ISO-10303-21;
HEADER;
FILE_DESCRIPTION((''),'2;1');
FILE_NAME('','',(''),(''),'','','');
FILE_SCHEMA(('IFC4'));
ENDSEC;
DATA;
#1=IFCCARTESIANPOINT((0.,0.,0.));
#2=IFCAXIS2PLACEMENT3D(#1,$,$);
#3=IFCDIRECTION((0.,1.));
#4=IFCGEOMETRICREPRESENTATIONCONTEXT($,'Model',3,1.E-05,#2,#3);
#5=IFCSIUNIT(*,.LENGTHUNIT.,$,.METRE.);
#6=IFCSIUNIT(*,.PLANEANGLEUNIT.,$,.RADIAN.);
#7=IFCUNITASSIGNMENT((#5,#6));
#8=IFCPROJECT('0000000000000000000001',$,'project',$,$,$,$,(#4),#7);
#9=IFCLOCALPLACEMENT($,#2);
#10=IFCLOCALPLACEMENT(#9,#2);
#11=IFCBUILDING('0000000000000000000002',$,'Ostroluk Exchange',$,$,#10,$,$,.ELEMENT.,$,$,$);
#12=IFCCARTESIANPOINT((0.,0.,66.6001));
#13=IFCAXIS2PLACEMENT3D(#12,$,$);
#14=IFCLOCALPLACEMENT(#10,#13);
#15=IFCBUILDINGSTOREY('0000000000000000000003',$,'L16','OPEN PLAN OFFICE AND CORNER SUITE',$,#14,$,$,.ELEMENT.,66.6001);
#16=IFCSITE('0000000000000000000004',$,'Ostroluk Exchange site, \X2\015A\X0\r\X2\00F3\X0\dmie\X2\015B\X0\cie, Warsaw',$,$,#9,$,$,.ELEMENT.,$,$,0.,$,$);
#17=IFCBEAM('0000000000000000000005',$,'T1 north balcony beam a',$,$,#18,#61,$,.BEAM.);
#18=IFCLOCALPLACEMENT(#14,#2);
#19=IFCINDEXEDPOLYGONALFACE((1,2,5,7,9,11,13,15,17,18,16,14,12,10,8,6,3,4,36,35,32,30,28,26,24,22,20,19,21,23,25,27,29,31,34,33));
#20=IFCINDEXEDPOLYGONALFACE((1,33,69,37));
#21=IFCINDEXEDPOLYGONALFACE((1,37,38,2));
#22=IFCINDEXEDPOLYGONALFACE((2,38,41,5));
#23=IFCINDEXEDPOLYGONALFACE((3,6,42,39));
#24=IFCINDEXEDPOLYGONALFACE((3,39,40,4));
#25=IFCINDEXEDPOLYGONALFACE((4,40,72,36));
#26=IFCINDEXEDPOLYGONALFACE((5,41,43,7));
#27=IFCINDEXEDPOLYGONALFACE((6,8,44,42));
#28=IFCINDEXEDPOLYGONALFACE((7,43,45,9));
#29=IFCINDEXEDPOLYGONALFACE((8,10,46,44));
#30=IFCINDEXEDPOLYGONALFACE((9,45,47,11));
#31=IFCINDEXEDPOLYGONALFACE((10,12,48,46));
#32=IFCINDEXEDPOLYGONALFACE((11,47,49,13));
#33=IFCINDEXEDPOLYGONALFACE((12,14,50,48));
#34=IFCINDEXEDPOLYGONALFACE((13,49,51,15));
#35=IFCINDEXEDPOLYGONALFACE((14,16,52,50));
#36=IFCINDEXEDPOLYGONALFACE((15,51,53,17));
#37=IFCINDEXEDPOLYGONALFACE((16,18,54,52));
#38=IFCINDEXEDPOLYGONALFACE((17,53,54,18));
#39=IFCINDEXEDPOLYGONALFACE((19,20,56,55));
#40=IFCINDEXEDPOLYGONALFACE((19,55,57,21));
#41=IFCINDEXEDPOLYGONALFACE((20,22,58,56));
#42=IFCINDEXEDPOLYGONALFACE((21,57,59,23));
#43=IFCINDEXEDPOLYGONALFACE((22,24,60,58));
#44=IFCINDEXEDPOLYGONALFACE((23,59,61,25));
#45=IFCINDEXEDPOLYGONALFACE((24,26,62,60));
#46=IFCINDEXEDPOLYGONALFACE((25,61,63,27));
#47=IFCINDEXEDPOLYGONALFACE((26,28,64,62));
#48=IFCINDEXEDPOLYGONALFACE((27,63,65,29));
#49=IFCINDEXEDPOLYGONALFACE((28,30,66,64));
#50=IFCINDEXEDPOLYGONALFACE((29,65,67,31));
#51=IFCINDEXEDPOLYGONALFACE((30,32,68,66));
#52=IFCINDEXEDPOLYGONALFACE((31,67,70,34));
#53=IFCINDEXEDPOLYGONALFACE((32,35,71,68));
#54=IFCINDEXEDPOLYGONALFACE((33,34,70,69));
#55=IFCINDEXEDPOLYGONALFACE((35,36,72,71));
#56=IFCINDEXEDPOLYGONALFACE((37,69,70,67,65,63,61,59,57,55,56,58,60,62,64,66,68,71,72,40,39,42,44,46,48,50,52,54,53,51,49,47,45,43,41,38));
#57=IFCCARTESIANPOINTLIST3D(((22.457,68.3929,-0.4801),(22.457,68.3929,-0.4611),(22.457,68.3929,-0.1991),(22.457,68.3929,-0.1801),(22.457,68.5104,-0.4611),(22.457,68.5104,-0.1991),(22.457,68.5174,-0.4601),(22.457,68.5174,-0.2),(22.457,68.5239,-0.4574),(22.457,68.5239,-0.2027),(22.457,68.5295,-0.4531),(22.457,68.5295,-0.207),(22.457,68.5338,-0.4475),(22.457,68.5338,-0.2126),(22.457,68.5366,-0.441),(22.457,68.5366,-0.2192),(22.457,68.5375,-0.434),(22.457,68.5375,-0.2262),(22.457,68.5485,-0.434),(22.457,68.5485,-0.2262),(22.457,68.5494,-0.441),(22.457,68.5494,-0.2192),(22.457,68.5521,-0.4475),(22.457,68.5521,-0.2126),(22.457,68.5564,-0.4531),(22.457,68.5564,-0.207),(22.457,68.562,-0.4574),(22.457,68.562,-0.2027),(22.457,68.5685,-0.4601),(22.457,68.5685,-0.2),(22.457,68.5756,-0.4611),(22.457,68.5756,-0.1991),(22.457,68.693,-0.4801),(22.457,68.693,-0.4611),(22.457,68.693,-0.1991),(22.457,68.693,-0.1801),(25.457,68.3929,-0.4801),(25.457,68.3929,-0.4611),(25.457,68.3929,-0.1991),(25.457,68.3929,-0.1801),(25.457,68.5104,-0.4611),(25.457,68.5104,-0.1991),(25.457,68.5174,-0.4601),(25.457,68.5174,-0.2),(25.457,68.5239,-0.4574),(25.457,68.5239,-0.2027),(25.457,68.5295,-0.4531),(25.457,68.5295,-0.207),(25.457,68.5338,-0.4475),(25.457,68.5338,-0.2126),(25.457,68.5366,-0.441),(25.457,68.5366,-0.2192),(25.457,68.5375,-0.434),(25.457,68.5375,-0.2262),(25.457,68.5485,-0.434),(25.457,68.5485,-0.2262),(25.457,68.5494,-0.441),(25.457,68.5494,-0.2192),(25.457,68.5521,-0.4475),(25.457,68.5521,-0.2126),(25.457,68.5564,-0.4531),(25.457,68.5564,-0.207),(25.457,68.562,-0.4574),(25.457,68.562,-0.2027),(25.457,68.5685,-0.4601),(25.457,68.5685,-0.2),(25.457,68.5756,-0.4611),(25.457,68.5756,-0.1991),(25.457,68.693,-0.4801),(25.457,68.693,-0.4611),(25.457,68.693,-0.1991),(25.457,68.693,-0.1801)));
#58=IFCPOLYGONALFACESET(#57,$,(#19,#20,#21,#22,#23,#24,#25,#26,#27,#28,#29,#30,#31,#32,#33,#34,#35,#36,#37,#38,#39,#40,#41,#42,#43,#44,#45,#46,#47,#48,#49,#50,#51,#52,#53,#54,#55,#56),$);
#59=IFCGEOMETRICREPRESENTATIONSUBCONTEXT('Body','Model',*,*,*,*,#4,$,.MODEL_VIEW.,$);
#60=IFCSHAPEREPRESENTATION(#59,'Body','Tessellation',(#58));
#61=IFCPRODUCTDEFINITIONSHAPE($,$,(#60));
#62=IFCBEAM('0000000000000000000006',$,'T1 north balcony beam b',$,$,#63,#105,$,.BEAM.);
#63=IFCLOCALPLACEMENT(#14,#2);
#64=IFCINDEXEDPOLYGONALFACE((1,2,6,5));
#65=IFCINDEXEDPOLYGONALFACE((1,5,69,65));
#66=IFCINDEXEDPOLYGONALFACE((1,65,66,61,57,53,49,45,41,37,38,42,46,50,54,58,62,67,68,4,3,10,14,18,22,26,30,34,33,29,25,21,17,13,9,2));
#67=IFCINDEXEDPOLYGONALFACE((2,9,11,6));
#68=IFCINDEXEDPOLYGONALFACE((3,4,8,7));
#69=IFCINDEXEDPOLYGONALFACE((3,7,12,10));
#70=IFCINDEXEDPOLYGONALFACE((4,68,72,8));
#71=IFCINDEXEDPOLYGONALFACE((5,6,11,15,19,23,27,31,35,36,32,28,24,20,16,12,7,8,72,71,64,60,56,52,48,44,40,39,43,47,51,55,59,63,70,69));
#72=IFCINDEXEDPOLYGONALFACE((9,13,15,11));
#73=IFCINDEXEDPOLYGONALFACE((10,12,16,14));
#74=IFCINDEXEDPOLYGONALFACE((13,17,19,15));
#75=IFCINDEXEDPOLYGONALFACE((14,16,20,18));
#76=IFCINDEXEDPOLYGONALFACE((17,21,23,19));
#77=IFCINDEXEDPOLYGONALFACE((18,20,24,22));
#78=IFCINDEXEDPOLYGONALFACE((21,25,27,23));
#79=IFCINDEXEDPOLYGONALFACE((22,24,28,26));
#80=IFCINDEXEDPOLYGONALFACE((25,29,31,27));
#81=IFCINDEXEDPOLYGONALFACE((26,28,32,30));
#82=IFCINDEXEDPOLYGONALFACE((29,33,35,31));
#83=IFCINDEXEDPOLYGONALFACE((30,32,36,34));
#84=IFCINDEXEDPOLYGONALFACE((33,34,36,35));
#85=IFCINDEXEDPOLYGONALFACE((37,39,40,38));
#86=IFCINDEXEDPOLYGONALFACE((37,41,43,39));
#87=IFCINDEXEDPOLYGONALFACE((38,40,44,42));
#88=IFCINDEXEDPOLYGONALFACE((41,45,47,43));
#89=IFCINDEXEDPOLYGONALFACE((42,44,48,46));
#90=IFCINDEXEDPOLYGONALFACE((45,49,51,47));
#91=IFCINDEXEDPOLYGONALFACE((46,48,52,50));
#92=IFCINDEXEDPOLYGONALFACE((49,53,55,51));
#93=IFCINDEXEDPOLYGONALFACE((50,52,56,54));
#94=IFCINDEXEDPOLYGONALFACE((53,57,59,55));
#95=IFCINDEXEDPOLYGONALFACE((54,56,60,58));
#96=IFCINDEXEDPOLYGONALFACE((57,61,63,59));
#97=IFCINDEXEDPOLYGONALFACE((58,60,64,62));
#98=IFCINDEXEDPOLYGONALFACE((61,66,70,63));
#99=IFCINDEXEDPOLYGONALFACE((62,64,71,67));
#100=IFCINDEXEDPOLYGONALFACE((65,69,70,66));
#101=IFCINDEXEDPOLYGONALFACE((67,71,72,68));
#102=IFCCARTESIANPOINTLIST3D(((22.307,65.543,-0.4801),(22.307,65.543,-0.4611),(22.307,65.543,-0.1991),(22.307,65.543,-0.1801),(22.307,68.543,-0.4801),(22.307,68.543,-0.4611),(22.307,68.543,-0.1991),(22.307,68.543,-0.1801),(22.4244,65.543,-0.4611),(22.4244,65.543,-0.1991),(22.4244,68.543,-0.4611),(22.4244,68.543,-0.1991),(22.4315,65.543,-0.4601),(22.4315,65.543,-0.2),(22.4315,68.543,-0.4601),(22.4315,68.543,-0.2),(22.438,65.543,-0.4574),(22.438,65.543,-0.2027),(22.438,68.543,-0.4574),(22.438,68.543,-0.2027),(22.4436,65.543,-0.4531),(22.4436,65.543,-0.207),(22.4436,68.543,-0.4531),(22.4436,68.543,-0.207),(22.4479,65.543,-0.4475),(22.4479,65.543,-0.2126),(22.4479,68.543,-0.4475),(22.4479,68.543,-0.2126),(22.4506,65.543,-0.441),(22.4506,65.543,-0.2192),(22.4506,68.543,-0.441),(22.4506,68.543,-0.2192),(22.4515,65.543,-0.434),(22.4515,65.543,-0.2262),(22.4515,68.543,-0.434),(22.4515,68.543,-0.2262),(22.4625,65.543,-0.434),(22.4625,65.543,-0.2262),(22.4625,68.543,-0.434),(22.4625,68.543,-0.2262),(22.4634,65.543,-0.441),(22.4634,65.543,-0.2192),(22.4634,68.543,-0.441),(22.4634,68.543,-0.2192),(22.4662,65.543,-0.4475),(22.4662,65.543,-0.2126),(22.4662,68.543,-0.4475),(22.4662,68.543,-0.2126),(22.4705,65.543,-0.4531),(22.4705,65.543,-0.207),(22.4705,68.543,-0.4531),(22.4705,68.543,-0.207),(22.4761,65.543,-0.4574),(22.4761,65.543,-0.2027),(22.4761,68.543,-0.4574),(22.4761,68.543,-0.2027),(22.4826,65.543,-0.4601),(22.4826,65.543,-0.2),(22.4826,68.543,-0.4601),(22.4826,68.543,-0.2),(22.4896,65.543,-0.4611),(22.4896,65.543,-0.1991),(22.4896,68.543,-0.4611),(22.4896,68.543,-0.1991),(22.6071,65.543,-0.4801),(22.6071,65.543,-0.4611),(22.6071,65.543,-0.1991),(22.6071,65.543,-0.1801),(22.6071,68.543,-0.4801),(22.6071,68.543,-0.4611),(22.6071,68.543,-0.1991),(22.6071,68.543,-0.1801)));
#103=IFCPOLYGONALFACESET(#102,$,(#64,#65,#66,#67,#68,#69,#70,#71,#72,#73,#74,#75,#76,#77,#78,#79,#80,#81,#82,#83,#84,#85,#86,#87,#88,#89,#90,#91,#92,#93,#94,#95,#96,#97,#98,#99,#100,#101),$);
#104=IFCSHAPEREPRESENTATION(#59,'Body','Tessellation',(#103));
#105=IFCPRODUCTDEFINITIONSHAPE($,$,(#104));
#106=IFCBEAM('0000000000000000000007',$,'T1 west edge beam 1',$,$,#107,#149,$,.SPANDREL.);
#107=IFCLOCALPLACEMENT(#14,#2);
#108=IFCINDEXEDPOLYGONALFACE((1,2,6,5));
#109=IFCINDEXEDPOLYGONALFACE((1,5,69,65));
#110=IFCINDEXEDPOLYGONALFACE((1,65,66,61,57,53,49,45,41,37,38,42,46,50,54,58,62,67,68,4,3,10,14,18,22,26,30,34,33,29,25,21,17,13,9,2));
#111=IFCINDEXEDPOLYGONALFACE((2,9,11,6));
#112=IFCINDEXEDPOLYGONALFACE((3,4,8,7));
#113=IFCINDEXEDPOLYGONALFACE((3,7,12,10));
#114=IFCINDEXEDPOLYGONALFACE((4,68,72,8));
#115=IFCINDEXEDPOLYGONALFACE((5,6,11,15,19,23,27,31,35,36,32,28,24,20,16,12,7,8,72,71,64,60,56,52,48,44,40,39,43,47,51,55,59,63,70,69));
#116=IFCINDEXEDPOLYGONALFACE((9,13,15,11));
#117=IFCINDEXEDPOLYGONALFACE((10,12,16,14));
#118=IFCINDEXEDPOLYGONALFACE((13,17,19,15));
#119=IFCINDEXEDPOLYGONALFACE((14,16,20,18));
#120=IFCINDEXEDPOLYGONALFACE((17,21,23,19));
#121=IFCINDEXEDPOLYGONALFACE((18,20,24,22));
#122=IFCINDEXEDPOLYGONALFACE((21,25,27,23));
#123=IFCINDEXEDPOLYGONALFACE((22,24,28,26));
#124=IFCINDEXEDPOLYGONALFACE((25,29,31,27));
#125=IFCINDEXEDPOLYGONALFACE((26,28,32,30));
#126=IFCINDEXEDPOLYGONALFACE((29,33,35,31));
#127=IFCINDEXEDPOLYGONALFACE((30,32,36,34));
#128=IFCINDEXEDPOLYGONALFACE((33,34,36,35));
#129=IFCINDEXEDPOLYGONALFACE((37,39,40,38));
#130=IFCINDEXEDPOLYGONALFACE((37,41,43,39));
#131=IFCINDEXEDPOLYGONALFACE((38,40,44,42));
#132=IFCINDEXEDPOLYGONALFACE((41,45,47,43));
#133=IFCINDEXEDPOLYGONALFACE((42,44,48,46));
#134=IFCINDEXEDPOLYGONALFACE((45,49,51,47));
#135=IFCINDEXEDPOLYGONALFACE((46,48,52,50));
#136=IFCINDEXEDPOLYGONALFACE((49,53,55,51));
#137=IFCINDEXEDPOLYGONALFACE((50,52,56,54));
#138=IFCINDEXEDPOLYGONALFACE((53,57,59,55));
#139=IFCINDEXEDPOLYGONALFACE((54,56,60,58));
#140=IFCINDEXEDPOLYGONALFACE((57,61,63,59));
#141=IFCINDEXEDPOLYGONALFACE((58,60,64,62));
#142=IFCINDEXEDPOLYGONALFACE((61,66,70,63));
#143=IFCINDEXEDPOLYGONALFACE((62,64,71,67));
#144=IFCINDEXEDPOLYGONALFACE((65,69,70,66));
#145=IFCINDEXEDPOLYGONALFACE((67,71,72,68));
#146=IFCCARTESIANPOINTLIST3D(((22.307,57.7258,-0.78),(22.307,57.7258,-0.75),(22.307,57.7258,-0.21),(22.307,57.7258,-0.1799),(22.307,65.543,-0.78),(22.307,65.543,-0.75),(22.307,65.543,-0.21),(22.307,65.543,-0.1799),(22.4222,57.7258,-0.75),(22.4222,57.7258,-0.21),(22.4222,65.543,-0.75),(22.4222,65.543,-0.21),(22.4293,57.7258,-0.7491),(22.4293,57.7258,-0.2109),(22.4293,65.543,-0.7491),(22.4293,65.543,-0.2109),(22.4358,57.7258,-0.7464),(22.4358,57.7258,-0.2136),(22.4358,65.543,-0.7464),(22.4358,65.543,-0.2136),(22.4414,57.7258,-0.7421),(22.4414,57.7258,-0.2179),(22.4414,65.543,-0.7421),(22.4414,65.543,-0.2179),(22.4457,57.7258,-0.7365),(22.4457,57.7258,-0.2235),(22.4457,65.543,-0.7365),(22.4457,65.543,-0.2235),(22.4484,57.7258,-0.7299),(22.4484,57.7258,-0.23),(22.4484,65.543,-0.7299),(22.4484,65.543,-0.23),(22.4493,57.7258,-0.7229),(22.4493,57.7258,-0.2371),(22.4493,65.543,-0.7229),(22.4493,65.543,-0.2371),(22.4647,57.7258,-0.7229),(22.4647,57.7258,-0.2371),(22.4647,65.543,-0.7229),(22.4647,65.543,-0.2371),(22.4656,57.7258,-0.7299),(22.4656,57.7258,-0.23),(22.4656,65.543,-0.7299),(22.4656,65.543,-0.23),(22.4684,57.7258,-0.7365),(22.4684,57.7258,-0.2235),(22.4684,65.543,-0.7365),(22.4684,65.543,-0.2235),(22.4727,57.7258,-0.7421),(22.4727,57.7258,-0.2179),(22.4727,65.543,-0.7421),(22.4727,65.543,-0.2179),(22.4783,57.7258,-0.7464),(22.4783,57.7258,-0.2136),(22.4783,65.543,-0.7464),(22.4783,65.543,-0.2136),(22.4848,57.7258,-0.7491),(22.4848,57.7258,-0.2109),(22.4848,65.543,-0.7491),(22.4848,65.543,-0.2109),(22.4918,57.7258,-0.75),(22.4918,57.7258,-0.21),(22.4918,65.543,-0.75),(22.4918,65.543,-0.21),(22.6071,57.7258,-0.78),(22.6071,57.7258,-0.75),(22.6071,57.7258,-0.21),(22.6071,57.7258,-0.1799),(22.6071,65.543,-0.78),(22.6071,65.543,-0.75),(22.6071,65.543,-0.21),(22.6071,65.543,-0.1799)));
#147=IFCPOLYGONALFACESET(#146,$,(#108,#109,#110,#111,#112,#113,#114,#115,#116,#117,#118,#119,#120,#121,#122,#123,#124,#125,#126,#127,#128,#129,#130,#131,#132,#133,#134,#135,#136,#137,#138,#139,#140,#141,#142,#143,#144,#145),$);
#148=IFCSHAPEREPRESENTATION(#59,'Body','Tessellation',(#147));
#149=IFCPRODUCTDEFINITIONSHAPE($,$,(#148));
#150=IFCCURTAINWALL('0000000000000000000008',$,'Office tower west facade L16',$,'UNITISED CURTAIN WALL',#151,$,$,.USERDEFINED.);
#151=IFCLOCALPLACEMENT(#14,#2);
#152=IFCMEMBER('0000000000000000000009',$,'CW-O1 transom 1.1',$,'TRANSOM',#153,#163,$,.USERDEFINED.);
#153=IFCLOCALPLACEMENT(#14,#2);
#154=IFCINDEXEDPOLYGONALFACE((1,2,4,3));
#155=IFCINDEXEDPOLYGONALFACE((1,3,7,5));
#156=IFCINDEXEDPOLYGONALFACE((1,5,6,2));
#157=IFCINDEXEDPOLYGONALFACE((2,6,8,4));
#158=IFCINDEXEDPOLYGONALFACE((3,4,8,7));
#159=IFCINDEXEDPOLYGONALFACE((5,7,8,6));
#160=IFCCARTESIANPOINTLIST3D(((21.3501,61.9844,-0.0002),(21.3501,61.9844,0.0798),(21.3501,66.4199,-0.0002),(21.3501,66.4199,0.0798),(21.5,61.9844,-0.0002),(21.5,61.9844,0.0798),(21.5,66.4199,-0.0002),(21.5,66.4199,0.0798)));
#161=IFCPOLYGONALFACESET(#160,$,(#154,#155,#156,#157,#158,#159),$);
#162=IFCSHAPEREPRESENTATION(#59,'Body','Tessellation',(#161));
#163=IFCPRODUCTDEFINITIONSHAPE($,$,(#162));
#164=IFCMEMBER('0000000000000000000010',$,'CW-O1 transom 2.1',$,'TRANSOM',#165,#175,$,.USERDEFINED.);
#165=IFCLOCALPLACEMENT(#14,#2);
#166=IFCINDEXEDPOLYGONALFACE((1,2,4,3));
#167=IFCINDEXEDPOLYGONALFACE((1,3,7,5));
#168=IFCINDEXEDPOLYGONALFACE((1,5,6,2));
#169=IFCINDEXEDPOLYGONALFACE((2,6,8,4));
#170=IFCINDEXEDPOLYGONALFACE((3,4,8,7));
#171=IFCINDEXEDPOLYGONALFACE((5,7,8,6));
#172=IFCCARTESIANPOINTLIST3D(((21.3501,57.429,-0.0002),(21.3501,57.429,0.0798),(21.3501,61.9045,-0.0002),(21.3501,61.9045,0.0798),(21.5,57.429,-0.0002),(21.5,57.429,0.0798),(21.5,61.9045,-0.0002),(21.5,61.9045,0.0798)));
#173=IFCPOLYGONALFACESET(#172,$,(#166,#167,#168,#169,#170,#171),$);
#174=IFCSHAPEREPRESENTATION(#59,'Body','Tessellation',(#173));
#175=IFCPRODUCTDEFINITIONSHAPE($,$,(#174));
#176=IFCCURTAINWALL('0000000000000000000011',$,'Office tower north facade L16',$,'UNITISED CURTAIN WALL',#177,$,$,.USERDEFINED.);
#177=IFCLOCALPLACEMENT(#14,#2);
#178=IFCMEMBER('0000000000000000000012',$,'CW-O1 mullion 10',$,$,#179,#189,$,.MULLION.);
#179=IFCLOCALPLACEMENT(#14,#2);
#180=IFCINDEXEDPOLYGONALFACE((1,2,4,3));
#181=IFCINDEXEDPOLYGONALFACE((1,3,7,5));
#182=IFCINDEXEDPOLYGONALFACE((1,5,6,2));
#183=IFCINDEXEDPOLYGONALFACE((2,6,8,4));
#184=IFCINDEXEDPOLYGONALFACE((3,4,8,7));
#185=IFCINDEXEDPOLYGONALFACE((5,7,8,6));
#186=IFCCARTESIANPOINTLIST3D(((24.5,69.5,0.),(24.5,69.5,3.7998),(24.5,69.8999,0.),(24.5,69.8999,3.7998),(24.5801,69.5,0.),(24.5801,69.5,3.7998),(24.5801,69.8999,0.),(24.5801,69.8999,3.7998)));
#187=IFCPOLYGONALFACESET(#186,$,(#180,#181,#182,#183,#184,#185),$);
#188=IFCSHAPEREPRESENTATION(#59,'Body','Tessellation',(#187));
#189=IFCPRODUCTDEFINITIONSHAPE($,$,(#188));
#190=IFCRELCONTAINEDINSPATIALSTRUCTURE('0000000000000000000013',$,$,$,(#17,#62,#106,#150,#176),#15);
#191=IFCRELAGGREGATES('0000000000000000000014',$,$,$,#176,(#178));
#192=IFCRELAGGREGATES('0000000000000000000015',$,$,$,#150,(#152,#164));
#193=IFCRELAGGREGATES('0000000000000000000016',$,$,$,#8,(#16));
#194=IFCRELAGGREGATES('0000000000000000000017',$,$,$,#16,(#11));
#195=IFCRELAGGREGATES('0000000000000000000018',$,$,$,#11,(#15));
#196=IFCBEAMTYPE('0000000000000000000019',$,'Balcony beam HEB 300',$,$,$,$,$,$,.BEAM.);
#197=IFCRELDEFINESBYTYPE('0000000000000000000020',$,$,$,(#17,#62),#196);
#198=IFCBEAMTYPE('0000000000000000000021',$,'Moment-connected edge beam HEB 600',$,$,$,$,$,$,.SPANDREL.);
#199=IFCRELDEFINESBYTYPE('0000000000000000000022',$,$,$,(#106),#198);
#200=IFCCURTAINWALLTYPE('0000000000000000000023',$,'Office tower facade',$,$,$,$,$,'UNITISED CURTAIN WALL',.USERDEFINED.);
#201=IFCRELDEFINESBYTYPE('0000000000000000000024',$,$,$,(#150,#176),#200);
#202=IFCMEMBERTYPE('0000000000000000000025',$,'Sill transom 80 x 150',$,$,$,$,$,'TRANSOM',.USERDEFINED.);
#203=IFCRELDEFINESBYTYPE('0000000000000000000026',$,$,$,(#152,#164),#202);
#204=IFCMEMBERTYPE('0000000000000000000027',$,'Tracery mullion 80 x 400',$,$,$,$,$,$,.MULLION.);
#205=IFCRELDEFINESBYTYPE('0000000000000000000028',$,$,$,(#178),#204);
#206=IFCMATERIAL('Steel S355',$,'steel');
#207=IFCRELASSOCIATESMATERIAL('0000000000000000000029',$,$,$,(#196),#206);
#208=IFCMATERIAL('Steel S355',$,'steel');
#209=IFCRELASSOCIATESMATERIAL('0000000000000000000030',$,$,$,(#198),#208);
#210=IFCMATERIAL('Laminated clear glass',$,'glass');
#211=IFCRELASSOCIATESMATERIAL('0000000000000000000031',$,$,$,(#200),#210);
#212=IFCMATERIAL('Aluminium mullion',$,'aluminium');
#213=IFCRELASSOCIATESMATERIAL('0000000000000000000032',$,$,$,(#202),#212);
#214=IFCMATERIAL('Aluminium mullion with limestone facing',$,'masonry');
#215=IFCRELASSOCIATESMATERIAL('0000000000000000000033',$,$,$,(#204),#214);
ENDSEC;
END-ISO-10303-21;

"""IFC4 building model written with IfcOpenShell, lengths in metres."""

from ifc_helpers import new_model, si_unit, direction, frame, origin, origin_2d, place, context, subcontext, project, spatial, rectangle, i_section, extrude, material, material_profile, profile_set, type_object, element, aggregate, save


model = new_model("IFC4")

# Units and contexts
model_context = context("Model", 3, precision=1e-05, world=origin(), true_north=direction((0.0, 1.0)))
body_context = subcontext(model_context, "Body", "Model", "MODEL_VIEW")
ifc_project = project(units=[si_unit("LENGTHUNIT", "METRE"), si_unit("PLANEANGLEUNIT", "RADIAN")], contexts=[model_context])

# Site, building, storey
site_placement = place(None, origin())
site = spatial("IfcSite", under=ifc_project, at=site_placement, Name="Ostroluk Exchange site, Śródmieście, Warsaw", CompositionType="ELEMENT", RefElevation=0.0)
building_placement = place(site_placement, origin())
building = spatial("IfcBuilding", under=site, at=building_placement, Name="Ostroluk Exchange", CompositionType="ELEMENT")
storey_placement = place(building_placement, frame((0.0, 0.0, 66.6001)))
storey = spatial("IfcBuildingStorey", under=building, at=storey_placement, Name="L16", Description="OPEN PLAN OFFICE AND CORNER SUITE", CompositionType="ELEMENT", Elevation=66.6001)

# Beams
ifc_material_1 = material(Name="Steel S355", Category="steel")
ifc_material_profile_1 = material_profile(ifc_material_1, i_section(OverallWidth=0.3, OverallDepth=0.3, WebThickness=0.011, FlangeThickness=0.019, FilletRadius=0.0271, at=origin_2d()), Name="HEB 300")
ifc_profile_set_1 = profile_set([ifc_material_profile_1], Name="Steel S355")
beam_type_1 = type_object("IfcBeamType", Name="Balcony beam HEB 300", PredefinedType="BEAM", material=ifc_profile_set_1)
for number, where, z_axis, x_axis, name in (
    (1, (25.457, 68.543, -0.3301), (-1.0, 0.0, 0.0), (0.0, -1.0, 0.0), "T1 north balcony beam a"),
    (2, (22.457, 65.543, -0.3301), (0.0, 1.0, 0.0), (-1.0, 0.0, 0.0), "T1 north balcony beam b"),
):
    element("IfcBeam", number, at=place(storey_placement, frame(where, z_axis=z_axis, x_axis=x_axis)), inside=storey, type_object=beam_type_1, Name=name, PredefinedType="BEAM", context=body_context, shape_type="SweptSolid", body=[
        extrude(i_section(OverallWidth=0.3, OverallDepth=0.3, WebThickness=0.011, FlangeThickness=0.019, FilletRadius=0.0271, at=origin_2d()), origin(), (0.0, 0.0, 1.0), 3.0),
    ])
ifc_material_2 = material(Name="Steel S355", Category="steel")
ifc_material_profile_2 = material_profile(ifc_material_2, i_section(OverallWidth=0.3, OverallDepth=0.6001, WebThickness=0.0154, FlangeThickness=0.03, FilletRadius=0.0271, at=origin_2d()), Name="HEB 600")
ifc_profile_set_2 = profile_set([ifc_material_profile_2], Name="Steel S355")
beam_type_2 = type_object("IfcBeamType", Name="Moment-connected edge beam HEB 600", PredefinedType="SPANDREL", material=ifc_profile_set_2)
beam_placement = place(storey_placement, frame((22.457, 65.543, -0.48), z_axis=(0.0, -1.0, 0.0), x_axis=(1.0, 0.0, 0.0)))
element("IfcBeam", 3, at=beam_placement, inside=storey, type_object=beam_type_2, Name="T1 west edge beam 1", PredefinedType="SPANDREL", context=body_context, shape_type="SweptSolid", body=[
    extrude(i_section(OverallWidth=0.3, OverallDepth=0.6001, WebThickness=0.0154, FlangeThickness=0.03, FilletRadius=0.0271, at=origin_2d()), origin(), (0.0, 0.0, 1.0), 7.8171),
])

# Curtain wall, members
ifc_material_3 = material(Name="Laminated clear glass", Category="glass")
curtain_wall_type = type_object("IfcCurtainWallType", Name="Office tower facade", ElementType="UNITISED CURTAIN WALL", PredefinedType="USERDEFINED", material=ifc_material_3)
curtain_wall_1_placement = place(storey_placement, origin())
curtain_wall_1 = element("IfcCurtainWall", 4, at=curtain_wall_1_placement, inside=storey, type_object=curtain_wall_type, Name="Office tower west facade L16", ObjectType="UNITISED CURTAIN WALL", PredefinedType="USERDEFINED")
ifc_material_4 = material(Name="Aluminium mullion", Category="aluminium")
ifc_material_profile_3 = material_profile(ifc_material_4, rectangle(XDim=0.1499, YDim=0.0801, at=origin_2d()), Name="Sill transom 80 x 150")
ifc_profile_set_3 = profile_set([ifc_material_profile_3], Name="Aluminium mullion")
member_type_1 = type_object("IfcMemberType", Name="Sill transom 80 x 150", ElementType="TRANSOM", PredefinedType="USERDEFINED", material=ifc_profile_set_3)
member_1_placement = place(storey_placement, frame((21.425, 66.4199, 0.0398), z_axis=(0.0, -1.0, 0.0), x_axis=(1.0, 0.0, 0.0)))
member_1 = element("IfcMember", 5, at=member_1_placement, type_object=member_type_1, Name="CW-O1 transom 1.1", ObjectType="TRANSOM", PredefinedType="USERDEFINED", context=body_context, shape_type="SweptSolid", body=[
    extrude(rectangle(XDim=0.1499, YDim=0.0801, at=origin_2d()), origin(), (0.0, 0.0, 1.0), 4.4355),
])
member_2_placement = place(storey_placement, frame((21.425, 61.9045, 0.0398), z_axis=(0.0, -1.0, 0.0), x_axis=(1.0, 0.0, 0.0)))
member_2 = element("IfcMember", 6, at=member_2_placement, type_object=member_type_1, Name="CW-O1 transom 2.1", ObjectType="TRANSOM", PredefinedType="USERDEFINED", context=body_context, shape_type="SweptSolid", body=[
    extrude(rectangle(XDim=0.1499, YDim=0.0801, at=origin_2d()), origin(), (0.0, 0.0, 1.0), 4.4756),
])

# Curtain wall, member
curtain_wall_2_placement = place(storey_placement, origin())
curtain_wall_2 = element("IfcCurtainWall", 7, at=curtain_wall_2_placement, inside=storey, type_object=curtain_wall_type, Name="Office tower north facade L16", ObjectType="UNITISED CURTAIN WALL", PredefinedType="USERDEFINED")
ifc_material_5 = material(Name="Aluminium mullion with limestone facing", Category="masonry")
ifc_material_profile_4 = material_profile(ifc_material_5, rectangle(XDim=0.3999, YDim=0.0801, at=origin_2d()), Name="Tracery mullion 80 x 400")
ifc_profile_set_4 = profile_set([ifc_material_profile_4], Name="Aluminium mullion with limestone facing")
member_type_2 = type_object("IfcMemberType", Name="Tracery mullion 80 x 400", PredefinedType="MULLION", material=ifc_profile_set_4)
member_3_placement = place(storey_placement, frame((24.54, 69.7, 0.0), z_axis=(0.0, 0.0, 1.0), x_axis=(0.0, -1.0, 0.0)))
member_3 = element("IfcMember", 8, at=member_3_placement, type_object=member_type_2, Name="CW-O1 mullion 10", PredefinedType="MULLION", context=body_context, shape_type="SweptSolid", body=[
    extrude(rectangle(XDim=0.3999, YDim=0.0801, at=origin_2d()), origin(), (0.0, 0.0, 1.0), 3.7998),
])
aggregate(curtain_wall_2, [member_3])

aggregate(curtain_wall_1, [member_1, member_2])

save(model, "model.ifc")
